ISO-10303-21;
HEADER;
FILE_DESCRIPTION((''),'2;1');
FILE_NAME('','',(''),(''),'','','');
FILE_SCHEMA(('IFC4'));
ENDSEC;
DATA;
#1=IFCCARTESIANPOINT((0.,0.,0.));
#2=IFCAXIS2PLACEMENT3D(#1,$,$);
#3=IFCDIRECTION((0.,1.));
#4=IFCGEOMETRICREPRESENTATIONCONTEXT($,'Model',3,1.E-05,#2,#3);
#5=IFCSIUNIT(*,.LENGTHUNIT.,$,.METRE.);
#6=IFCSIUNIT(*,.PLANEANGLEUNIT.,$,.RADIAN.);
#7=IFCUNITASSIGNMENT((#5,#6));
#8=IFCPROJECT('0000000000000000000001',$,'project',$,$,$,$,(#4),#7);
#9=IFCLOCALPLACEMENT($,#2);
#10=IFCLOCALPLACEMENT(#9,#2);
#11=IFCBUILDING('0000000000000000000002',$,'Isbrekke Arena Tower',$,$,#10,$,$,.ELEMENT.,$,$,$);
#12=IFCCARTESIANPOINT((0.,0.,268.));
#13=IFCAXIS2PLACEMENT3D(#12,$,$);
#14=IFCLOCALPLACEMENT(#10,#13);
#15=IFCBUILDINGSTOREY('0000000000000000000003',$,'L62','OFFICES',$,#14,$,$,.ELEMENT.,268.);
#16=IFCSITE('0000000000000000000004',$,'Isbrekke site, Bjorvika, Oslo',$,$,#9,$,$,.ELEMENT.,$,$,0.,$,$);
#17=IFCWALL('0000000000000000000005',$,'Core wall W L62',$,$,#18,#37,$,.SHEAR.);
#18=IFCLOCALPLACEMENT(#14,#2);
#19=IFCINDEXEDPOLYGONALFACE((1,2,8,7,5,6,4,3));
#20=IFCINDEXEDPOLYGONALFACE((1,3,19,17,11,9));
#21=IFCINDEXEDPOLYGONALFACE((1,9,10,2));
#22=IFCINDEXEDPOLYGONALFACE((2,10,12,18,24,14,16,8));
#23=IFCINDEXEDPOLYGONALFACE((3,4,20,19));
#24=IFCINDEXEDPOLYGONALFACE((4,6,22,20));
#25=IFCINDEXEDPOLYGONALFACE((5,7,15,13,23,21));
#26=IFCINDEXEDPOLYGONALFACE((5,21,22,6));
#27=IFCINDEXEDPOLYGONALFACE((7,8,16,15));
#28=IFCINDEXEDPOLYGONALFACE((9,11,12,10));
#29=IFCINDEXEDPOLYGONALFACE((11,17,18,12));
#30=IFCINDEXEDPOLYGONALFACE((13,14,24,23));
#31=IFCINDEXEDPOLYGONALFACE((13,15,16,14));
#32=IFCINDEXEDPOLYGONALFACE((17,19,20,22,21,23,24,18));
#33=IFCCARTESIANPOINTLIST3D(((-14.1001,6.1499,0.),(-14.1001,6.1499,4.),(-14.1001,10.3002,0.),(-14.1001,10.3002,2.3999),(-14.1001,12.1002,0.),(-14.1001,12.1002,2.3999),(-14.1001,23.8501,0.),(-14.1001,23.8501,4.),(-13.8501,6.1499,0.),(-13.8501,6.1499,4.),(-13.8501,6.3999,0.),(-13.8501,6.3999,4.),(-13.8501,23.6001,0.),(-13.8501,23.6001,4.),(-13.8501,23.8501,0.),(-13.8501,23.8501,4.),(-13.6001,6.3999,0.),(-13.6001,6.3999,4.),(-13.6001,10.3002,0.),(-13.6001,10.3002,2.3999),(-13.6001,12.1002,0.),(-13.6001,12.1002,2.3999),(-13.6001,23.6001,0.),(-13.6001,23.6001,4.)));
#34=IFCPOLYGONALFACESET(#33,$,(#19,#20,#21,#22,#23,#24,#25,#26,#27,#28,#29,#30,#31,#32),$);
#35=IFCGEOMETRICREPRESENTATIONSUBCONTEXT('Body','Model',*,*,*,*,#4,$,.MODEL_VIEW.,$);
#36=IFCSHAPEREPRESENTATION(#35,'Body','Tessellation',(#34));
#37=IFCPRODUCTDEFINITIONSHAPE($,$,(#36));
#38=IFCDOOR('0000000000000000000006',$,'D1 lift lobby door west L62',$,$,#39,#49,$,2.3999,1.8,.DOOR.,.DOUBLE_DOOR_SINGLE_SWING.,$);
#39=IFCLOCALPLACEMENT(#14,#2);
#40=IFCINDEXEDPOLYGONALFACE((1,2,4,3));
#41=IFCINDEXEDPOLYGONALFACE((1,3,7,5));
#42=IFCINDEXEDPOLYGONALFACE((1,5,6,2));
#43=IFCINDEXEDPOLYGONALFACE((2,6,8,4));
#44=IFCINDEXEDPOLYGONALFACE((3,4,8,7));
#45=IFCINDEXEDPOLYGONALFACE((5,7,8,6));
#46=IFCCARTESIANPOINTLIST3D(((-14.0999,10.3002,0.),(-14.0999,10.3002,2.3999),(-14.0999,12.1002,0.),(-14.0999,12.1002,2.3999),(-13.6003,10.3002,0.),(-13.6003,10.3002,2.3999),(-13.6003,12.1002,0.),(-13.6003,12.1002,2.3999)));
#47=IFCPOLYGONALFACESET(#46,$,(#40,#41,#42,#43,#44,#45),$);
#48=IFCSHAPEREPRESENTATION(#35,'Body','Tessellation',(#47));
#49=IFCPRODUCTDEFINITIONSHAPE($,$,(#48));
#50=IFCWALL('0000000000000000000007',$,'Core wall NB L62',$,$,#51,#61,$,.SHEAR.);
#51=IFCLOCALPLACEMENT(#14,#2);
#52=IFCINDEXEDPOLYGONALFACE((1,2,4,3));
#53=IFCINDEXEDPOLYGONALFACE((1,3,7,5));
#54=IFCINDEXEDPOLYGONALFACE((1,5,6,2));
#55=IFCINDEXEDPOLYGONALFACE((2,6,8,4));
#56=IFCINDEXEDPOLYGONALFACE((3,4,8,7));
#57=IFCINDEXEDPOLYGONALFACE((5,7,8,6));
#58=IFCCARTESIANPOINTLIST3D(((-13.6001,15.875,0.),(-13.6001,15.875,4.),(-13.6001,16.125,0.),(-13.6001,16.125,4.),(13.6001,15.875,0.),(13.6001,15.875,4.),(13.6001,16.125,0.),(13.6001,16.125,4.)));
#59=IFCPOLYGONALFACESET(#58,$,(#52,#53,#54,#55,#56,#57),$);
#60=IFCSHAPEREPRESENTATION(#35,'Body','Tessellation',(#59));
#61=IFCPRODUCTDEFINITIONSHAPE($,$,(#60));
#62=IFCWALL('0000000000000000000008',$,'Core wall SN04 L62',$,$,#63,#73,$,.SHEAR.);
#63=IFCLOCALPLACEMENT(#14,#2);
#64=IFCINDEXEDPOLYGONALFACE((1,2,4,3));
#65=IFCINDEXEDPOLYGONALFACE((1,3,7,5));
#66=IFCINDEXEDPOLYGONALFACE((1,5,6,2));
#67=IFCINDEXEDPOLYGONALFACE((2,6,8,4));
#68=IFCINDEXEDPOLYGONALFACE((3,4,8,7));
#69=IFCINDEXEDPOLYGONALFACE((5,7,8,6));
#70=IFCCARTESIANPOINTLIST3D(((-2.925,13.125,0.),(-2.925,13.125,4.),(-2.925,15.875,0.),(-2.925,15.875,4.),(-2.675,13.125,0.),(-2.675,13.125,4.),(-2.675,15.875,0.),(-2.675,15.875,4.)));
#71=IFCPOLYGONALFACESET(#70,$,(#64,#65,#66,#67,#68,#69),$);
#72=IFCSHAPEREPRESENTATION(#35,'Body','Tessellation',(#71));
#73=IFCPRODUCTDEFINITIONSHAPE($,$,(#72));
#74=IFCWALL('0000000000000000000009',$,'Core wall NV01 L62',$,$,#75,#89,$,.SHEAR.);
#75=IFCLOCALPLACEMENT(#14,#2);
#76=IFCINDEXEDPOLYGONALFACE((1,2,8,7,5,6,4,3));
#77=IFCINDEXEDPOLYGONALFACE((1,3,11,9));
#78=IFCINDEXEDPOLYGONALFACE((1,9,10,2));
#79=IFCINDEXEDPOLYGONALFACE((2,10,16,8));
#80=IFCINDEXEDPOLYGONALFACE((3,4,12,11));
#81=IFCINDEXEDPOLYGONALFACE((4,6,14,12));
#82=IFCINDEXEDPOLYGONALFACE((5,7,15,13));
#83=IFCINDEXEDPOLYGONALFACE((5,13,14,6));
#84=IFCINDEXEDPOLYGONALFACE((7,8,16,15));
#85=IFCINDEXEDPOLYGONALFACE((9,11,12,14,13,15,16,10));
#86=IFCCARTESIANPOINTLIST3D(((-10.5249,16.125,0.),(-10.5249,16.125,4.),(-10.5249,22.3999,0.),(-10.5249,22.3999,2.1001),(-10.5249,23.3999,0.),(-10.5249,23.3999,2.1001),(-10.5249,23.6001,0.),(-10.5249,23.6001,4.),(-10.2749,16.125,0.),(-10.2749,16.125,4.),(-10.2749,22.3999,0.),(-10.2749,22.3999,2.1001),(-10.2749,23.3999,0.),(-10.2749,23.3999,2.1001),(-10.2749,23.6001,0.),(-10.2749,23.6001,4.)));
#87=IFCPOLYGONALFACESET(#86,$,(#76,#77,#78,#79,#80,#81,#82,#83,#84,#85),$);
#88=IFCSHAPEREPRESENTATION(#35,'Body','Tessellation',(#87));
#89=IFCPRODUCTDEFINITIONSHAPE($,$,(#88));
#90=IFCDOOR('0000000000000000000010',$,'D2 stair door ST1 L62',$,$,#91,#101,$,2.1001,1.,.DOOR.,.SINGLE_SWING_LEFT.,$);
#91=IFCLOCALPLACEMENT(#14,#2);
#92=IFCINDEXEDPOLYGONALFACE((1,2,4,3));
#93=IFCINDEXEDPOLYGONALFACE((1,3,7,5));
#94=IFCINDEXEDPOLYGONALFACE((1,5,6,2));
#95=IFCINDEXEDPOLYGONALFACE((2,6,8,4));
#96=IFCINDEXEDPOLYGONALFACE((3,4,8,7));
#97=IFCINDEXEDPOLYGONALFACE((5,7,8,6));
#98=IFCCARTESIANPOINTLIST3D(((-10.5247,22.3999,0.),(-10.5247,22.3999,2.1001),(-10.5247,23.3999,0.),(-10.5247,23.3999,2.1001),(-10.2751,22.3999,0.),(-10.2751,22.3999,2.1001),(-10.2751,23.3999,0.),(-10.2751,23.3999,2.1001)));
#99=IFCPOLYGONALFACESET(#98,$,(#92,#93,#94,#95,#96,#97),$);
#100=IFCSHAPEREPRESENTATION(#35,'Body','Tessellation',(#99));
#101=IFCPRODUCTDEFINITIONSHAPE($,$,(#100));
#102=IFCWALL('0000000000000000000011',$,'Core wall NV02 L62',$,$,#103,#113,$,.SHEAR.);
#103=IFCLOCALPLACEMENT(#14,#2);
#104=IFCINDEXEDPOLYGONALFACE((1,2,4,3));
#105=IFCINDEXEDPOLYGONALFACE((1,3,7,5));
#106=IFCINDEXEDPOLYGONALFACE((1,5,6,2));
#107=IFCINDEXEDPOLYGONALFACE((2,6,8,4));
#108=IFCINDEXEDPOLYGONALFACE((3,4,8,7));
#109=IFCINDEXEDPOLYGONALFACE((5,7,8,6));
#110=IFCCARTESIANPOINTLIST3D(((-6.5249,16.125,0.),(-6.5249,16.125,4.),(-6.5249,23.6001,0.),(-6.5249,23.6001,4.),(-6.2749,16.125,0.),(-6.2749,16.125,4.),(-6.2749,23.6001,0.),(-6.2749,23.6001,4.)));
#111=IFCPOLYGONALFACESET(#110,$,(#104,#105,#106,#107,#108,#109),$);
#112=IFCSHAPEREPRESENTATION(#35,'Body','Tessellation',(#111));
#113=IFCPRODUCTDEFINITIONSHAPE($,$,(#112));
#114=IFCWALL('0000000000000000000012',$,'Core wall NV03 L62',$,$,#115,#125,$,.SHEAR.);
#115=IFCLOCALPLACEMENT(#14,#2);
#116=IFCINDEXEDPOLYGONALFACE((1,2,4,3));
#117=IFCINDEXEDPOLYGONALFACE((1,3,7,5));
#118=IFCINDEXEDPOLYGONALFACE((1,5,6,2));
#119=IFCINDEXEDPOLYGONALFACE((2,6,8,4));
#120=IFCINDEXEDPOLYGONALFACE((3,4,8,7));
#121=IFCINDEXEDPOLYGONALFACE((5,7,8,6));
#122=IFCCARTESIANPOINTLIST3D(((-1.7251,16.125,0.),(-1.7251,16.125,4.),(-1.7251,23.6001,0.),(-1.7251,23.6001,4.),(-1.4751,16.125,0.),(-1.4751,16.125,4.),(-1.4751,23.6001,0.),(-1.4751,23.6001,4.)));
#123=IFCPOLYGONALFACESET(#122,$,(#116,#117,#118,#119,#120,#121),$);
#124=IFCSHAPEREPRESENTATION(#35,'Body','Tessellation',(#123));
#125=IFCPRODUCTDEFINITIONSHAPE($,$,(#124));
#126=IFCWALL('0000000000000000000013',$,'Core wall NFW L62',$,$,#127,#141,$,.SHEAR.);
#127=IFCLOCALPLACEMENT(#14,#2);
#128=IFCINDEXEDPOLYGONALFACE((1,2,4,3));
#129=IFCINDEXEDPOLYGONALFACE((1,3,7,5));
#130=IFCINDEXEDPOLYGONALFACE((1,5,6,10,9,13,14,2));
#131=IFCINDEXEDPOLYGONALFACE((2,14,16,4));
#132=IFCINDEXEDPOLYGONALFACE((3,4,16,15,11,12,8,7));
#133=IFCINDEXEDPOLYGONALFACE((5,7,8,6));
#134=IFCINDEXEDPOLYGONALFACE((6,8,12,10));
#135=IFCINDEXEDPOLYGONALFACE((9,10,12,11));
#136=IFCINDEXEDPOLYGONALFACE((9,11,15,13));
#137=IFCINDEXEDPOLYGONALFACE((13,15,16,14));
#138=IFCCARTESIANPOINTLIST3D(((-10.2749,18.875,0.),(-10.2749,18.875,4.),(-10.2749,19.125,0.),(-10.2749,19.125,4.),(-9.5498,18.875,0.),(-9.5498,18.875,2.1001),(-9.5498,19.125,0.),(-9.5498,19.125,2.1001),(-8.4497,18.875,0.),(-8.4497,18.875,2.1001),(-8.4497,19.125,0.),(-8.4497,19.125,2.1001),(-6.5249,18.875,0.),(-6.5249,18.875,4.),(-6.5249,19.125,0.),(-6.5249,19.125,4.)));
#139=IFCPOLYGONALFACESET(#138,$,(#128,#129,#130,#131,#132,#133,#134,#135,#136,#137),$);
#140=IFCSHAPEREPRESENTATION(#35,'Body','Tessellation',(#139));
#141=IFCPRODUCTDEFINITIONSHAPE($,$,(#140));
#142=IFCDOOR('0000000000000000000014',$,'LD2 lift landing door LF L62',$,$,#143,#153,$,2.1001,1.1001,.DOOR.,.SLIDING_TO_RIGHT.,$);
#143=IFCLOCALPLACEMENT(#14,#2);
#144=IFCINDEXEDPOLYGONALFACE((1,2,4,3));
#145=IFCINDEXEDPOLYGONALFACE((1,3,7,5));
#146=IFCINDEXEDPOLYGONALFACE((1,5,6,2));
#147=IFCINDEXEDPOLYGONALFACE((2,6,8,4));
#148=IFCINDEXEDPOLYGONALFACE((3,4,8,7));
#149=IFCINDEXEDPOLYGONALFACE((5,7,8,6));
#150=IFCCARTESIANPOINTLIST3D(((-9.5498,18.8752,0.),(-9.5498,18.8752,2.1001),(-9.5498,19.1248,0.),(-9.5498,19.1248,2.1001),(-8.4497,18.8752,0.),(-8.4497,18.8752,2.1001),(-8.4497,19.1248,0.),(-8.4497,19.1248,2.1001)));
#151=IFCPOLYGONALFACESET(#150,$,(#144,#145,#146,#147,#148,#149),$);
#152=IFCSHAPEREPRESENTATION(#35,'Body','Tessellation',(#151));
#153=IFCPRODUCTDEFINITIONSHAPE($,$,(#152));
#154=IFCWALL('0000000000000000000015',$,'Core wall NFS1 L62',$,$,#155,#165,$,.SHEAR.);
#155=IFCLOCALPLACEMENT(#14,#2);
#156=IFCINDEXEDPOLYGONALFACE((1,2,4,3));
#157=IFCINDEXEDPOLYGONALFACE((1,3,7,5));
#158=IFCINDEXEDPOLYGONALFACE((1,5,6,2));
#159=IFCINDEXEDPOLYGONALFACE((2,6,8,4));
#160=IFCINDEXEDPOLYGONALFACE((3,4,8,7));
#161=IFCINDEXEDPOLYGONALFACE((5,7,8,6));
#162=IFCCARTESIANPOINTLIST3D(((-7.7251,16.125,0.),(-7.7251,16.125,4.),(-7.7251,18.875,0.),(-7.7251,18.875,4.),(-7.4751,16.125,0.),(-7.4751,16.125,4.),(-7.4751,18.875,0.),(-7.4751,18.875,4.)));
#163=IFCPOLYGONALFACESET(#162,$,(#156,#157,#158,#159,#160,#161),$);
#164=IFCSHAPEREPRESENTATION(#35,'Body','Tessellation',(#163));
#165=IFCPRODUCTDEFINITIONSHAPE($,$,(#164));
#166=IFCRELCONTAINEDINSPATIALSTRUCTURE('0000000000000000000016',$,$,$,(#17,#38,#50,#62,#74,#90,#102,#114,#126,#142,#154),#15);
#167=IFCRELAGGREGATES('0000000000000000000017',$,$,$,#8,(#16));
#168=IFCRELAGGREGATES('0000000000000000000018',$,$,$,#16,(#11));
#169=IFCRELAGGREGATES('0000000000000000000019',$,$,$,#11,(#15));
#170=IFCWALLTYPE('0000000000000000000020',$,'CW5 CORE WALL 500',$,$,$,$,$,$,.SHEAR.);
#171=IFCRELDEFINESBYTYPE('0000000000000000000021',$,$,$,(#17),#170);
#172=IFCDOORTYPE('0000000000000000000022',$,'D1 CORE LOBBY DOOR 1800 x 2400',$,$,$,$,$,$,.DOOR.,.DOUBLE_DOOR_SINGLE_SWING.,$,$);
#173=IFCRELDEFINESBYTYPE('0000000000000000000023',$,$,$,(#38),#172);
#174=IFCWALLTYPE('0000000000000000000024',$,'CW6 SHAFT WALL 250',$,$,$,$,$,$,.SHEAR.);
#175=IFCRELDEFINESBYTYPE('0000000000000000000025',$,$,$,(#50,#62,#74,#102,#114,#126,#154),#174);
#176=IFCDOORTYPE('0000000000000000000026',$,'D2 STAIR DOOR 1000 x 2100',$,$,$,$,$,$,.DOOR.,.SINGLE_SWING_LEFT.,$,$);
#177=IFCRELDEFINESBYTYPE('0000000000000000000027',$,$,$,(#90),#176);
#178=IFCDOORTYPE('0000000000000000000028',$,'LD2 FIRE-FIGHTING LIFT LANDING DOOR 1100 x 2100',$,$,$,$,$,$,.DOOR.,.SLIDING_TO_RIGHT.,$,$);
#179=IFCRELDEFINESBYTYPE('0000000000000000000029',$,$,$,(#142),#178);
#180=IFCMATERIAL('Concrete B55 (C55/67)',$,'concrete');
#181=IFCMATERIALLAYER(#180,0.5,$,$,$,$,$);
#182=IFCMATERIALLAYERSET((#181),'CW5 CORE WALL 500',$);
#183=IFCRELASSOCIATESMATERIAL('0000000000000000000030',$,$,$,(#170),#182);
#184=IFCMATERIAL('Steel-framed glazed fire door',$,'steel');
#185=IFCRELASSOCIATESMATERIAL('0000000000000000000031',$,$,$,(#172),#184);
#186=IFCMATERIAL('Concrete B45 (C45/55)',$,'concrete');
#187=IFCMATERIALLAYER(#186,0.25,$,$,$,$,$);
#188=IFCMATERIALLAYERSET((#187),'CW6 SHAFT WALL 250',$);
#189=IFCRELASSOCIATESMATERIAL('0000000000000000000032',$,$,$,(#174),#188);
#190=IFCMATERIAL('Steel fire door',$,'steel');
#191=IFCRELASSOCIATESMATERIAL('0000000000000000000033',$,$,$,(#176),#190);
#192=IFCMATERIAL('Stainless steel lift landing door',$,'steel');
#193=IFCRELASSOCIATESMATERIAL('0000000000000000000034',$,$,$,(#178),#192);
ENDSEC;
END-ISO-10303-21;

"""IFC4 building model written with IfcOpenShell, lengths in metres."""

from ifc_helpers import new_model, si_unit, direction, frame, frame_2d, origin, place, context, subcontext, project, spatial, polyline, rectangle, outline, extrude, material, layer, layer_set, type_object, element, fill, save


model = new_model("IFC4")

# Units and contexts
model_context = context("Model", 3, precision=1e-05, world=origin(), true_north=direction((0.0, 1.0)))
body_context = subcontext(model_context, "Body", "Model", "MODEL_VIEW")
ifc_project = project(units=[si_unit("LENGTHUNIT", "METRE"), si_unit("PLANEANGLEUNIT", "RADIAN")], contexts=[model_context])

# Site, building, storey
site_placement = place(None, origin())
site = spatial("IfcSite", under=ifc_project, at=site_placement, Name="Isbrekke site, Bjorvika, Oslo", CompositionType="ELEMENT", RefElevation=0.0)
building_placement = place(site_placement, origin())
building = spatial("IfcBuilding", under=site, at=building_placement, Name="Isbrekke Arena Tower", CompositionType="ELEMENT")
storey_placement = place(building_placement, frame((0.0, 0.0, 268.0)))
storey = spatial("IfcBuildingStorey", under=building, at=storey_placement, Name="L62", Description="OFFICES", CompositionType="ELEMENT", Elevation=268.0)

# Wall, opening, door
ifc_material_1 = material(Name="Concrete B55 (C55/67)", Category="concrete")
ifc_layer_1 = layer(ifc_material_1, 0.5)
ifc_layer_set_1 = layer_set([ifc_layer_1], Name="CW5 CORE WALL 500")
wall_type_1 = type_object("IfcWallType", Name="CW5 CORE WALL 500", PredefinedType="SHEAR", material=ifc_layer_set_1)
wall_1_placement = place(storey_placement, frame((-13.8501, 23.8501, 0.0), z_axis=(0.0, 0.0, 1.0), x_axis=(0.0, -1.0, 0.0)))
wall_1 = element("IfcWall", 1, at=wall_1_placement, inside=storey, type_object=wall_type_1, Name="Core wall W L62", PredefinedType="SHEAR", context=body_context, shape_type="SweptSolid", body=[
    extrude(outline(polyline([(0.0, -0.25), (17.7002, -0.25), (17.7002, 0.0), (17.4502, 0.0), (17.4502, 0.25), (0.25, 0.25), (0.25, 0.0), (0.0, 0.0), (0.0, -0.25)])), origin(), (0.0, 0.0, 1.0), 4.0),
])
opening_1_placement = place(wall_1_placement, frame((11.75, 0.0, 0.0)))
opening_1 = element("IfcOpeningElement", 2, at=opening_1_placement, cuts=wall_1, PredefinedType="OPENING", context=body_context, shape_type="SweptSolid", body=[
    extrude(rectangle(XDim=1.8, YDim=2.3999, at=frame_2d((0.8999, 1.2))), frame((0.0, 0.2649, 0.0), z_axis=(0.0, -1.0, 0.0), x_axis=(1.0, 0.0, 0.0)), (0.0, 0.0, 1.0), 0.5298),
])
ifc_material_2 = material(Name="Steel-framed glazed fire door", Category="steel")
door_type_1 = type_object("IfcDoorType", Name="D1 CORE LOBBY DOOR 1800 x 2400", OperationType="DOUBLE_DOOR_SINGLE_SWING", PredefinedType="DOOR", material=ifc_material_2)
door_1_placement = place(opening_1_placement, origin())
door_1 = element("IfcDoor", 3, at=door_1_placement, inside=storey, type_object=door_type_1, Name="D1 lift lobby door west L62", OperationType="DOUBLE_DOOR_SINGLE_SWING", OverallHeight=2.3999, OverallWidth=1.8, PredefinedType="DOOR", context=body_context, shape_type="SweptSolid", body=[
    extrude(rectangle(XDim=1.8, YDim=2.3999, at=frame_2d((0.8999, 1.2))), frame((0.0, 0.2498, 0.0), z_axis=(0.0, -1.0, 0.0), x_axis=(1.0, 0.0, 0.0)), (0.0, 0.0, 1.0), 0.4995),
])
fill(opening_1, door_1)

# Walls
ifc_material_3 = material(Name="Concrete B45 (C45/55)", Category="concrete")
ifc_layer_2 = layer(ifc_material_3, 0.25)
ifc_layer_set_2 = layer_set([ifc_layer_2], Name="CW6 SHAFT WALL 250")
wall_type_2 = type_object("IfcWallType", Name="CW6 SHAFT WALL 250", PredefinedType="SHEAR", material=ifc_layer_set_2)
wall_2_placement = place(storey_placement, frame((-13.6001, 16.0, 0.0), z_axis=(0.0, 0.0, 1.0), x_axis=(1.0, 0.0, 0.0)))
element("IfcWall", 4, at=wall_2_placement, inside=storey, type_object=wall_type_2, Name="Core wall NB L62", PredefinedType="SHEAR", context=body_context, shape_type="SweptSolid", body=[
    extrude(rectangle(XDim=27.2002, YDim=0.25, at=frame_2d((13.6001, 0.0))), origin(), (0.0, 0.0, 1.0), 4.0),
])
wall_3_placement = place(storey_placement, frame((-2.8, 13.125, 0.0), z_axis=(0.0, 0.0, 1.0), x_axis=(0.0, 1.0, 0.0)))
element("IfcWall", 5, at=wall_3_placement, inside=storey, type_object=wall_type_2, Name="Core wall SN04 L62", PredefinedType="SHEAR", context=body_context, shape_type="SweptSolid", body=[
    extrude(rectangle(XDim=2.75, YDim=0.25, at=frame_2d((1.375, 0.0))), origin(), (0.0, 0.0, 1.0), 4.0),
])

# Wall, opening, door
wall_4_placement = place(storey_placement, frame((-10.3999, 16.125, 0.0), z_axis=(0.0, 0.0, 1.0), x_axis=(0.0, 1.0, 0.0)))
wall_4 = element("IfcWall", 6, at=wall_4_placement, inside=storey, type_object=wall_type_2, Name="Core wall NV01 L62", PredefinedType="SHEAR", context=body_context, shape_type="SweptSolid", body=[
    extrude(rectangle(XDim=7.4751, YDim=0.25, at=frame_2d((3.7375, 0.0))), origin(), (0.0, 0.0, 1.0), 4.0),
])
opening_2_placement = place(wall_4_placement, frame((6.2749, 0.0, 0.0)))
opening_2 = element("IfcOpeningElement", 7, at=opening_2_placement, cuts=wall_4, PredefinedType="OPENING", context=body_context, shape_type="SweptSolid", body=[
    extrude(rectangle(XDim=1.0, YDim=2.1001, at=frame_2d((0.5, 1.05))), frame((0.0, 0.1399, 0.0), z_axis=(0.0, -1.0, 0.0), x_axis=(1.0, 0.0, 0.0)), (0.0, 0.0, 1.0), 0.2798),
])
ifc_material_4 = material(Name="Steel fire door", Category="steel")
door_type_2 = type_object("IfcDoorType", Name="D2 STAIR DOOR 1000 x 2100", OperationType="SINGLE_SWING_LEFT", PredefinedType="DOOR", material=ifc_material_4)
door_2_placement = place(opening_2_placement, origin())
door_2 = element("IfcDoor", 8, at=door_2_placement, inside=storey, type_object=door_type_2, Name="D2 stair door ST1 L62", OperationType="SINGLE_SWING_LEFT", OverallHeight=2.1001, OverallWidth=1.0, PredefinedType="DOOR", context=body_context, shape_type="SweptSolid", body=[
    extrude(rectangle(XDim=1.0, YDim=2.1001, at=frame_2d((0.5, 1.05))), frame((0.0, 0.1248, 0.0), z_axis=(0.0, -1.0, 0.0), x_axis=(1.0, 0.0, 0.0)), (0.0, 0.0, 1.0), 0.2495),
])
fill(opening_2, door_2)

# Walls
for number, where, z_axis, x_axis, name in (
    (9, (-6.3999, 16.125, 0.0), (0.0, 0.0, 1.0), (0.0, 1.0, 0.0), "Core wall NV02 L62"),
    (10, (-1.6001, 16.125, 0.0), (0.0, 0.0, 1.0), (0.0, 1.0, 0.0), "Core wall NV03 L62"),
):
    element("IfcWall", number, at=place(storey_placement, frame(where, z_axis=z_axis, x_axis=x_axis)), inside=storey, type_object=wall_type_2, Name=name, PredefinedType="SHEAR", context=body_context, shape_type="SweptSolid", body=[
        extrude(rectangle(XDim=7.4751, YDim=0.25, at=frame_2d((3.7375, 0.0))), origin(), (0.0, 0.0, 1.0), 4.0),
    ])

# Wall, opening, door
wall_5_placement = place(storey_placement, frame((-10.2749, 19.0, 0.0), z_axis=(0.0, 0.0, 1.0), x_axis=(1.0, 0.0, 0.0)))
wall_5 = element("IfcWall", 11, at=wall_5_placement, inside=storey, type_object=wall_type_2, Name="Core wall NFW L62", PredefinedType="SHEAR", context=body_context, shape_type="SweptSolid", body=[
    extrude(rectangle(XDim=3.75, YDim=0.25, at=frame_2d((1.875, 0.0))), origin(), (0.0, 0.0, 1.0), 4.0),
])
opening_3_placement = place(wall_5_placement, frame((0.7251, 0.0, 0.0)))
opening_3 = element("IfcOpeningElement", 12, at=opening_3_placement, cuts=wall_5, PredefinedType="OPENING", context=body_context, shape_type="SweptSolid", body=[
    extrude(rectangle(XDim=1.1001, YDim=2.1001, at=frame_2d((0.55, 1.05))), frame((0.0, 0.1399, 0.0), z_axis=(0.0, -1.0, 0.0), x_axis=(1.0, 0.0, 0.0)), (0.0, 0.0, 1.0), 0.2798),
])
ifc_material_5 = material(Name="Stainless steel lift landing door", Category="steel")
door_type_3 = type_object("IfcDoorType", Name="LD2 FIRE-FIGHTING LIFT LANDING DOOR 1100 x 2100", OperationType="SLIDING_TO_RIGHT", PredefinedType="DOOR", material=ifc_material_5)
door_3_placement = place(opening_3_placement, origin())
door_3 = element("IfcDoor", 13, at=door_3_placement, inside=storey, type_object=door_type_3, Name="LD2 lift landing door LF L62", OperationType="SLIDING_TO_RIGHT", OverallHeight=2.1001, OverallWidth=1.1001, PredefinedType="DOOR", context=body_context, shape_type="SweptSolid", body=[
    extrude(rectangle(XDim=1.1001, YDim=2.1001, at=frame_2d((0.55, 1.05))), frame((0.0, 0.1248, 0.0), z_axis=(0.0, -1.0, 0.0), x_axis=(1.0, 0.0, 0.0)), (0.0, 0.0, 1.0), 0.2495),
])
fill(opening_3, door_3)

# Wall
wall_6_placement = place(storey_placement, frame((-7.6001, 16.125, 0.0), z_axis=(0.0, 0.0, 1.0), x_axis=(0.0, 1.0, 0.0)))
element("IfcWall", 14, at=wall_6_placement, inside=storey, type_object=wall_type_2, Name="Core wall NFS1 L62", PredefinedType="SHEAR", context=body_context, shape_type="SweptSolid", body=[
    extrude(rectangle(XDim=2.75, YDim=0.25, at=frame_2d((1.375, 0.0))), origin(), (0.0, 0.0, 1.0), 4.0),
])

save(model, "model.ifc")
